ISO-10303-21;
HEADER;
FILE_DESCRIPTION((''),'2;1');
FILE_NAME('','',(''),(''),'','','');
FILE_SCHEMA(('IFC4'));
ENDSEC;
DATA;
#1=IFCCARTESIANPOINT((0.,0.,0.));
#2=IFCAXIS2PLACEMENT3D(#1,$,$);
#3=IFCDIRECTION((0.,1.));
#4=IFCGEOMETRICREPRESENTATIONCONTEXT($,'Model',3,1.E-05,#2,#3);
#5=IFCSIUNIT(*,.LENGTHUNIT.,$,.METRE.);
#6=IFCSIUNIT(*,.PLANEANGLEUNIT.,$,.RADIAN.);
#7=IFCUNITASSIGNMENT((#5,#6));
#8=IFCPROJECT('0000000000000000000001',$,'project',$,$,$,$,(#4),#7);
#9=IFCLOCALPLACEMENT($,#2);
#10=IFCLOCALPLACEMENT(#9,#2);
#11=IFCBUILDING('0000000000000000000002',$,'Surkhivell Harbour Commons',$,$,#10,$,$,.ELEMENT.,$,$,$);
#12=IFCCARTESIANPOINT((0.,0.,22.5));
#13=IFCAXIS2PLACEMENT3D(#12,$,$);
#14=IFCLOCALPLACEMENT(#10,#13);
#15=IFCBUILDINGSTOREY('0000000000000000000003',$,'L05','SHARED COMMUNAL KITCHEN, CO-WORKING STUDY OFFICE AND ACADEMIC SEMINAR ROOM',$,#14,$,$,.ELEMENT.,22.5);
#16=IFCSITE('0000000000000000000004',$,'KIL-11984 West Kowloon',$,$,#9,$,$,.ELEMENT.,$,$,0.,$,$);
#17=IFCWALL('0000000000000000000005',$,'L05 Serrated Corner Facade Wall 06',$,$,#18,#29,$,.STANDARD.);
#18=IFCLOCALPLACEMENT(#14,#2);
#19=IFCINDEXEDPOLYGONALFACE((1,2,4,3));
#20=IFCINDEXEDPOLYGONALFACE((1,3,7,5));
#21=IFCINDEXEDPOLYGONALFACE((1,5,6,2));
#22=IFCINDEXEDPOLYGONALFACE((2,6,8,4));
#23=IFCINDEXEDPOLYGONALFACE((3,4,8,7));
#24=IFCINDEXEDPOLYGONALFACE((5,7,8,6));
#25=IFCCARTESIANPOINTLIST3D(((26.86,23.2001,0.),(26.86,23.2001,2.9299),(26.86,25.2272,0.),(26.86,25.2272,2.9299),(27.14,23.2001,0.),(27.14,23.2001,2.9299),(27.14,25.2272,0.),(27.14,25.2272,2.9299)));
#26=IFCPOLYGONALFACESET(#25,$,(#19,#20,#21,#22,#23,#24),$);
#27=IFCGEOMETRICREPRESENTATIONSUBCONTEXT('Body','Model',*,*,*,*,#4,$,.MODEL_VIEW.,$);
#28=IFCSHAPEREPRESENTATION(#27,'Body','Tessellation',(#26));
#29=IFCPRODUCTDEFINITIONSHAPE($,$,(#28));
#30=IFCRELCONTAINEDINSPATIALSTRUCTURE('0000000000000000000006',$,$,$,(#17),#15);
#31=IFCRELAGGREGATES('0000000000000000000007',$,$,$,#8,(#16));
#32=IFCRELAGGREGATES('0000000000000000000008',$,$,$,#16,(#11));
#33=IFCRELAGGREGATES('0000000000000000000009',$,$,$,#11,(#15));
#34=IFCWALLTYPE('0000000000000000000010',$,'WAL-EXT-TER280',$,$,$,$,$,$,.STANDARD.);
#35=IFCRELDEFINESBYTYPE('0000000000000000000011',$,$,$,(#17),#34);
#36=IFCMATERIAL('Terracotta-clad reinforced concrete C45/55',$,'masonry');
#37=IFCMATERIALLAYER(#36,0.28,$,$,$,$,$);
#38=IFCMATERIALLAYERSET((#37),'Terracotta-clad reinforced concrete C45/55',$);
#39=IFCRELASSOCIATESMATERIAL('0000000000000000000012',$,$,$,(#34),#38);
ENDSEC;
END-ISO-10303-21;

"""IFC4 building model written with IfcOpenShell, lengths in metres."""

from ifc_helpers import new_model, si_unit, direction, frame, frame_2d, origin, place, context, subcontext, project, spatial, rectangle, extrude, material, layer, layer_set, type_object, element, save


model = new_model("IFC4")

# Units and contexts
model_context = context("Model", 3, precision=1e-05, world=origin(), true_north=direction((0.0, 1.0)))
body_context = subcontext(model_context, "Body", "Model", "MODEL_VIEW")
ifc_project = project(units=[si_unit("LENGTHUNIT", "METRE"), si_unit("PLANEANGLEUNIT", "RADIAN")], contexts=[model_context])

# Site, building, storey
site_placement = place(None, origin())
site = spatial("IfcSite", under=ifc_project, at=site_placement, Name="KIL-11984 West Kowloon", CompositionType="ELEMENT", RefElevation=0.0)
building_placement = place(site_placement, origin())
building = spatial("IfcBuilding", under=site, at=building_placement, Name="Surkhivell Harbour Commons", CompositionType="ELEMENT")
storey_placement = place(building_placement, frame((0.0, 0.0, 22.5)))
storey = spatial("IfcBuildingStorey", under=building, at=storey_placement, Name="L05", Description="SHARED COMMUNAL KITCHEN, CO-WORKING STUDY OFFICE AND ACADEMIC SEMINAR ROOM", CompositionType="ELEMENT", Elevation=22.5)

# Shared definitions
ifc_material_1 = material(Name="Terracotta-clad reinforced concrete C45/55", Category="masonry")
ifc_layer_1 = layer(ifc_material_1, 0.28)
ifc_layer_set_1 = layer_set([ifc_layer_1], Name="Terracotta-clad reinforced concrete C45/55")
wall_type = type_object("IfcWallType", Name="WAL-EXT-TER280", PredefinedType="STANDARD", material=ifc_layer_set_1)

# Wall
wall_1_placement = place(storey_placement, frame((27.0, 23.2, 0.0), z_axis=(0.0, 0.0, 1.0), x_axis=(0.0, 1.0, 0.0)))
element("IfcWall", 1, at=wall_1_placement, inside=storey, type_object=wall_type, Name="L05 Serrated Corner Facade Wall 06", PredefinedType="STANDARD", context=body_context, shape_type="SweptSolid", body=[
    extrude(rectangle(XDim=2.0271, YDim=0.28, at=frame_2d((1.0137, 0.0))), origin(), (0.0, 0.0, 1.0), 2.9299),
])

save(model, "model.ifc")
